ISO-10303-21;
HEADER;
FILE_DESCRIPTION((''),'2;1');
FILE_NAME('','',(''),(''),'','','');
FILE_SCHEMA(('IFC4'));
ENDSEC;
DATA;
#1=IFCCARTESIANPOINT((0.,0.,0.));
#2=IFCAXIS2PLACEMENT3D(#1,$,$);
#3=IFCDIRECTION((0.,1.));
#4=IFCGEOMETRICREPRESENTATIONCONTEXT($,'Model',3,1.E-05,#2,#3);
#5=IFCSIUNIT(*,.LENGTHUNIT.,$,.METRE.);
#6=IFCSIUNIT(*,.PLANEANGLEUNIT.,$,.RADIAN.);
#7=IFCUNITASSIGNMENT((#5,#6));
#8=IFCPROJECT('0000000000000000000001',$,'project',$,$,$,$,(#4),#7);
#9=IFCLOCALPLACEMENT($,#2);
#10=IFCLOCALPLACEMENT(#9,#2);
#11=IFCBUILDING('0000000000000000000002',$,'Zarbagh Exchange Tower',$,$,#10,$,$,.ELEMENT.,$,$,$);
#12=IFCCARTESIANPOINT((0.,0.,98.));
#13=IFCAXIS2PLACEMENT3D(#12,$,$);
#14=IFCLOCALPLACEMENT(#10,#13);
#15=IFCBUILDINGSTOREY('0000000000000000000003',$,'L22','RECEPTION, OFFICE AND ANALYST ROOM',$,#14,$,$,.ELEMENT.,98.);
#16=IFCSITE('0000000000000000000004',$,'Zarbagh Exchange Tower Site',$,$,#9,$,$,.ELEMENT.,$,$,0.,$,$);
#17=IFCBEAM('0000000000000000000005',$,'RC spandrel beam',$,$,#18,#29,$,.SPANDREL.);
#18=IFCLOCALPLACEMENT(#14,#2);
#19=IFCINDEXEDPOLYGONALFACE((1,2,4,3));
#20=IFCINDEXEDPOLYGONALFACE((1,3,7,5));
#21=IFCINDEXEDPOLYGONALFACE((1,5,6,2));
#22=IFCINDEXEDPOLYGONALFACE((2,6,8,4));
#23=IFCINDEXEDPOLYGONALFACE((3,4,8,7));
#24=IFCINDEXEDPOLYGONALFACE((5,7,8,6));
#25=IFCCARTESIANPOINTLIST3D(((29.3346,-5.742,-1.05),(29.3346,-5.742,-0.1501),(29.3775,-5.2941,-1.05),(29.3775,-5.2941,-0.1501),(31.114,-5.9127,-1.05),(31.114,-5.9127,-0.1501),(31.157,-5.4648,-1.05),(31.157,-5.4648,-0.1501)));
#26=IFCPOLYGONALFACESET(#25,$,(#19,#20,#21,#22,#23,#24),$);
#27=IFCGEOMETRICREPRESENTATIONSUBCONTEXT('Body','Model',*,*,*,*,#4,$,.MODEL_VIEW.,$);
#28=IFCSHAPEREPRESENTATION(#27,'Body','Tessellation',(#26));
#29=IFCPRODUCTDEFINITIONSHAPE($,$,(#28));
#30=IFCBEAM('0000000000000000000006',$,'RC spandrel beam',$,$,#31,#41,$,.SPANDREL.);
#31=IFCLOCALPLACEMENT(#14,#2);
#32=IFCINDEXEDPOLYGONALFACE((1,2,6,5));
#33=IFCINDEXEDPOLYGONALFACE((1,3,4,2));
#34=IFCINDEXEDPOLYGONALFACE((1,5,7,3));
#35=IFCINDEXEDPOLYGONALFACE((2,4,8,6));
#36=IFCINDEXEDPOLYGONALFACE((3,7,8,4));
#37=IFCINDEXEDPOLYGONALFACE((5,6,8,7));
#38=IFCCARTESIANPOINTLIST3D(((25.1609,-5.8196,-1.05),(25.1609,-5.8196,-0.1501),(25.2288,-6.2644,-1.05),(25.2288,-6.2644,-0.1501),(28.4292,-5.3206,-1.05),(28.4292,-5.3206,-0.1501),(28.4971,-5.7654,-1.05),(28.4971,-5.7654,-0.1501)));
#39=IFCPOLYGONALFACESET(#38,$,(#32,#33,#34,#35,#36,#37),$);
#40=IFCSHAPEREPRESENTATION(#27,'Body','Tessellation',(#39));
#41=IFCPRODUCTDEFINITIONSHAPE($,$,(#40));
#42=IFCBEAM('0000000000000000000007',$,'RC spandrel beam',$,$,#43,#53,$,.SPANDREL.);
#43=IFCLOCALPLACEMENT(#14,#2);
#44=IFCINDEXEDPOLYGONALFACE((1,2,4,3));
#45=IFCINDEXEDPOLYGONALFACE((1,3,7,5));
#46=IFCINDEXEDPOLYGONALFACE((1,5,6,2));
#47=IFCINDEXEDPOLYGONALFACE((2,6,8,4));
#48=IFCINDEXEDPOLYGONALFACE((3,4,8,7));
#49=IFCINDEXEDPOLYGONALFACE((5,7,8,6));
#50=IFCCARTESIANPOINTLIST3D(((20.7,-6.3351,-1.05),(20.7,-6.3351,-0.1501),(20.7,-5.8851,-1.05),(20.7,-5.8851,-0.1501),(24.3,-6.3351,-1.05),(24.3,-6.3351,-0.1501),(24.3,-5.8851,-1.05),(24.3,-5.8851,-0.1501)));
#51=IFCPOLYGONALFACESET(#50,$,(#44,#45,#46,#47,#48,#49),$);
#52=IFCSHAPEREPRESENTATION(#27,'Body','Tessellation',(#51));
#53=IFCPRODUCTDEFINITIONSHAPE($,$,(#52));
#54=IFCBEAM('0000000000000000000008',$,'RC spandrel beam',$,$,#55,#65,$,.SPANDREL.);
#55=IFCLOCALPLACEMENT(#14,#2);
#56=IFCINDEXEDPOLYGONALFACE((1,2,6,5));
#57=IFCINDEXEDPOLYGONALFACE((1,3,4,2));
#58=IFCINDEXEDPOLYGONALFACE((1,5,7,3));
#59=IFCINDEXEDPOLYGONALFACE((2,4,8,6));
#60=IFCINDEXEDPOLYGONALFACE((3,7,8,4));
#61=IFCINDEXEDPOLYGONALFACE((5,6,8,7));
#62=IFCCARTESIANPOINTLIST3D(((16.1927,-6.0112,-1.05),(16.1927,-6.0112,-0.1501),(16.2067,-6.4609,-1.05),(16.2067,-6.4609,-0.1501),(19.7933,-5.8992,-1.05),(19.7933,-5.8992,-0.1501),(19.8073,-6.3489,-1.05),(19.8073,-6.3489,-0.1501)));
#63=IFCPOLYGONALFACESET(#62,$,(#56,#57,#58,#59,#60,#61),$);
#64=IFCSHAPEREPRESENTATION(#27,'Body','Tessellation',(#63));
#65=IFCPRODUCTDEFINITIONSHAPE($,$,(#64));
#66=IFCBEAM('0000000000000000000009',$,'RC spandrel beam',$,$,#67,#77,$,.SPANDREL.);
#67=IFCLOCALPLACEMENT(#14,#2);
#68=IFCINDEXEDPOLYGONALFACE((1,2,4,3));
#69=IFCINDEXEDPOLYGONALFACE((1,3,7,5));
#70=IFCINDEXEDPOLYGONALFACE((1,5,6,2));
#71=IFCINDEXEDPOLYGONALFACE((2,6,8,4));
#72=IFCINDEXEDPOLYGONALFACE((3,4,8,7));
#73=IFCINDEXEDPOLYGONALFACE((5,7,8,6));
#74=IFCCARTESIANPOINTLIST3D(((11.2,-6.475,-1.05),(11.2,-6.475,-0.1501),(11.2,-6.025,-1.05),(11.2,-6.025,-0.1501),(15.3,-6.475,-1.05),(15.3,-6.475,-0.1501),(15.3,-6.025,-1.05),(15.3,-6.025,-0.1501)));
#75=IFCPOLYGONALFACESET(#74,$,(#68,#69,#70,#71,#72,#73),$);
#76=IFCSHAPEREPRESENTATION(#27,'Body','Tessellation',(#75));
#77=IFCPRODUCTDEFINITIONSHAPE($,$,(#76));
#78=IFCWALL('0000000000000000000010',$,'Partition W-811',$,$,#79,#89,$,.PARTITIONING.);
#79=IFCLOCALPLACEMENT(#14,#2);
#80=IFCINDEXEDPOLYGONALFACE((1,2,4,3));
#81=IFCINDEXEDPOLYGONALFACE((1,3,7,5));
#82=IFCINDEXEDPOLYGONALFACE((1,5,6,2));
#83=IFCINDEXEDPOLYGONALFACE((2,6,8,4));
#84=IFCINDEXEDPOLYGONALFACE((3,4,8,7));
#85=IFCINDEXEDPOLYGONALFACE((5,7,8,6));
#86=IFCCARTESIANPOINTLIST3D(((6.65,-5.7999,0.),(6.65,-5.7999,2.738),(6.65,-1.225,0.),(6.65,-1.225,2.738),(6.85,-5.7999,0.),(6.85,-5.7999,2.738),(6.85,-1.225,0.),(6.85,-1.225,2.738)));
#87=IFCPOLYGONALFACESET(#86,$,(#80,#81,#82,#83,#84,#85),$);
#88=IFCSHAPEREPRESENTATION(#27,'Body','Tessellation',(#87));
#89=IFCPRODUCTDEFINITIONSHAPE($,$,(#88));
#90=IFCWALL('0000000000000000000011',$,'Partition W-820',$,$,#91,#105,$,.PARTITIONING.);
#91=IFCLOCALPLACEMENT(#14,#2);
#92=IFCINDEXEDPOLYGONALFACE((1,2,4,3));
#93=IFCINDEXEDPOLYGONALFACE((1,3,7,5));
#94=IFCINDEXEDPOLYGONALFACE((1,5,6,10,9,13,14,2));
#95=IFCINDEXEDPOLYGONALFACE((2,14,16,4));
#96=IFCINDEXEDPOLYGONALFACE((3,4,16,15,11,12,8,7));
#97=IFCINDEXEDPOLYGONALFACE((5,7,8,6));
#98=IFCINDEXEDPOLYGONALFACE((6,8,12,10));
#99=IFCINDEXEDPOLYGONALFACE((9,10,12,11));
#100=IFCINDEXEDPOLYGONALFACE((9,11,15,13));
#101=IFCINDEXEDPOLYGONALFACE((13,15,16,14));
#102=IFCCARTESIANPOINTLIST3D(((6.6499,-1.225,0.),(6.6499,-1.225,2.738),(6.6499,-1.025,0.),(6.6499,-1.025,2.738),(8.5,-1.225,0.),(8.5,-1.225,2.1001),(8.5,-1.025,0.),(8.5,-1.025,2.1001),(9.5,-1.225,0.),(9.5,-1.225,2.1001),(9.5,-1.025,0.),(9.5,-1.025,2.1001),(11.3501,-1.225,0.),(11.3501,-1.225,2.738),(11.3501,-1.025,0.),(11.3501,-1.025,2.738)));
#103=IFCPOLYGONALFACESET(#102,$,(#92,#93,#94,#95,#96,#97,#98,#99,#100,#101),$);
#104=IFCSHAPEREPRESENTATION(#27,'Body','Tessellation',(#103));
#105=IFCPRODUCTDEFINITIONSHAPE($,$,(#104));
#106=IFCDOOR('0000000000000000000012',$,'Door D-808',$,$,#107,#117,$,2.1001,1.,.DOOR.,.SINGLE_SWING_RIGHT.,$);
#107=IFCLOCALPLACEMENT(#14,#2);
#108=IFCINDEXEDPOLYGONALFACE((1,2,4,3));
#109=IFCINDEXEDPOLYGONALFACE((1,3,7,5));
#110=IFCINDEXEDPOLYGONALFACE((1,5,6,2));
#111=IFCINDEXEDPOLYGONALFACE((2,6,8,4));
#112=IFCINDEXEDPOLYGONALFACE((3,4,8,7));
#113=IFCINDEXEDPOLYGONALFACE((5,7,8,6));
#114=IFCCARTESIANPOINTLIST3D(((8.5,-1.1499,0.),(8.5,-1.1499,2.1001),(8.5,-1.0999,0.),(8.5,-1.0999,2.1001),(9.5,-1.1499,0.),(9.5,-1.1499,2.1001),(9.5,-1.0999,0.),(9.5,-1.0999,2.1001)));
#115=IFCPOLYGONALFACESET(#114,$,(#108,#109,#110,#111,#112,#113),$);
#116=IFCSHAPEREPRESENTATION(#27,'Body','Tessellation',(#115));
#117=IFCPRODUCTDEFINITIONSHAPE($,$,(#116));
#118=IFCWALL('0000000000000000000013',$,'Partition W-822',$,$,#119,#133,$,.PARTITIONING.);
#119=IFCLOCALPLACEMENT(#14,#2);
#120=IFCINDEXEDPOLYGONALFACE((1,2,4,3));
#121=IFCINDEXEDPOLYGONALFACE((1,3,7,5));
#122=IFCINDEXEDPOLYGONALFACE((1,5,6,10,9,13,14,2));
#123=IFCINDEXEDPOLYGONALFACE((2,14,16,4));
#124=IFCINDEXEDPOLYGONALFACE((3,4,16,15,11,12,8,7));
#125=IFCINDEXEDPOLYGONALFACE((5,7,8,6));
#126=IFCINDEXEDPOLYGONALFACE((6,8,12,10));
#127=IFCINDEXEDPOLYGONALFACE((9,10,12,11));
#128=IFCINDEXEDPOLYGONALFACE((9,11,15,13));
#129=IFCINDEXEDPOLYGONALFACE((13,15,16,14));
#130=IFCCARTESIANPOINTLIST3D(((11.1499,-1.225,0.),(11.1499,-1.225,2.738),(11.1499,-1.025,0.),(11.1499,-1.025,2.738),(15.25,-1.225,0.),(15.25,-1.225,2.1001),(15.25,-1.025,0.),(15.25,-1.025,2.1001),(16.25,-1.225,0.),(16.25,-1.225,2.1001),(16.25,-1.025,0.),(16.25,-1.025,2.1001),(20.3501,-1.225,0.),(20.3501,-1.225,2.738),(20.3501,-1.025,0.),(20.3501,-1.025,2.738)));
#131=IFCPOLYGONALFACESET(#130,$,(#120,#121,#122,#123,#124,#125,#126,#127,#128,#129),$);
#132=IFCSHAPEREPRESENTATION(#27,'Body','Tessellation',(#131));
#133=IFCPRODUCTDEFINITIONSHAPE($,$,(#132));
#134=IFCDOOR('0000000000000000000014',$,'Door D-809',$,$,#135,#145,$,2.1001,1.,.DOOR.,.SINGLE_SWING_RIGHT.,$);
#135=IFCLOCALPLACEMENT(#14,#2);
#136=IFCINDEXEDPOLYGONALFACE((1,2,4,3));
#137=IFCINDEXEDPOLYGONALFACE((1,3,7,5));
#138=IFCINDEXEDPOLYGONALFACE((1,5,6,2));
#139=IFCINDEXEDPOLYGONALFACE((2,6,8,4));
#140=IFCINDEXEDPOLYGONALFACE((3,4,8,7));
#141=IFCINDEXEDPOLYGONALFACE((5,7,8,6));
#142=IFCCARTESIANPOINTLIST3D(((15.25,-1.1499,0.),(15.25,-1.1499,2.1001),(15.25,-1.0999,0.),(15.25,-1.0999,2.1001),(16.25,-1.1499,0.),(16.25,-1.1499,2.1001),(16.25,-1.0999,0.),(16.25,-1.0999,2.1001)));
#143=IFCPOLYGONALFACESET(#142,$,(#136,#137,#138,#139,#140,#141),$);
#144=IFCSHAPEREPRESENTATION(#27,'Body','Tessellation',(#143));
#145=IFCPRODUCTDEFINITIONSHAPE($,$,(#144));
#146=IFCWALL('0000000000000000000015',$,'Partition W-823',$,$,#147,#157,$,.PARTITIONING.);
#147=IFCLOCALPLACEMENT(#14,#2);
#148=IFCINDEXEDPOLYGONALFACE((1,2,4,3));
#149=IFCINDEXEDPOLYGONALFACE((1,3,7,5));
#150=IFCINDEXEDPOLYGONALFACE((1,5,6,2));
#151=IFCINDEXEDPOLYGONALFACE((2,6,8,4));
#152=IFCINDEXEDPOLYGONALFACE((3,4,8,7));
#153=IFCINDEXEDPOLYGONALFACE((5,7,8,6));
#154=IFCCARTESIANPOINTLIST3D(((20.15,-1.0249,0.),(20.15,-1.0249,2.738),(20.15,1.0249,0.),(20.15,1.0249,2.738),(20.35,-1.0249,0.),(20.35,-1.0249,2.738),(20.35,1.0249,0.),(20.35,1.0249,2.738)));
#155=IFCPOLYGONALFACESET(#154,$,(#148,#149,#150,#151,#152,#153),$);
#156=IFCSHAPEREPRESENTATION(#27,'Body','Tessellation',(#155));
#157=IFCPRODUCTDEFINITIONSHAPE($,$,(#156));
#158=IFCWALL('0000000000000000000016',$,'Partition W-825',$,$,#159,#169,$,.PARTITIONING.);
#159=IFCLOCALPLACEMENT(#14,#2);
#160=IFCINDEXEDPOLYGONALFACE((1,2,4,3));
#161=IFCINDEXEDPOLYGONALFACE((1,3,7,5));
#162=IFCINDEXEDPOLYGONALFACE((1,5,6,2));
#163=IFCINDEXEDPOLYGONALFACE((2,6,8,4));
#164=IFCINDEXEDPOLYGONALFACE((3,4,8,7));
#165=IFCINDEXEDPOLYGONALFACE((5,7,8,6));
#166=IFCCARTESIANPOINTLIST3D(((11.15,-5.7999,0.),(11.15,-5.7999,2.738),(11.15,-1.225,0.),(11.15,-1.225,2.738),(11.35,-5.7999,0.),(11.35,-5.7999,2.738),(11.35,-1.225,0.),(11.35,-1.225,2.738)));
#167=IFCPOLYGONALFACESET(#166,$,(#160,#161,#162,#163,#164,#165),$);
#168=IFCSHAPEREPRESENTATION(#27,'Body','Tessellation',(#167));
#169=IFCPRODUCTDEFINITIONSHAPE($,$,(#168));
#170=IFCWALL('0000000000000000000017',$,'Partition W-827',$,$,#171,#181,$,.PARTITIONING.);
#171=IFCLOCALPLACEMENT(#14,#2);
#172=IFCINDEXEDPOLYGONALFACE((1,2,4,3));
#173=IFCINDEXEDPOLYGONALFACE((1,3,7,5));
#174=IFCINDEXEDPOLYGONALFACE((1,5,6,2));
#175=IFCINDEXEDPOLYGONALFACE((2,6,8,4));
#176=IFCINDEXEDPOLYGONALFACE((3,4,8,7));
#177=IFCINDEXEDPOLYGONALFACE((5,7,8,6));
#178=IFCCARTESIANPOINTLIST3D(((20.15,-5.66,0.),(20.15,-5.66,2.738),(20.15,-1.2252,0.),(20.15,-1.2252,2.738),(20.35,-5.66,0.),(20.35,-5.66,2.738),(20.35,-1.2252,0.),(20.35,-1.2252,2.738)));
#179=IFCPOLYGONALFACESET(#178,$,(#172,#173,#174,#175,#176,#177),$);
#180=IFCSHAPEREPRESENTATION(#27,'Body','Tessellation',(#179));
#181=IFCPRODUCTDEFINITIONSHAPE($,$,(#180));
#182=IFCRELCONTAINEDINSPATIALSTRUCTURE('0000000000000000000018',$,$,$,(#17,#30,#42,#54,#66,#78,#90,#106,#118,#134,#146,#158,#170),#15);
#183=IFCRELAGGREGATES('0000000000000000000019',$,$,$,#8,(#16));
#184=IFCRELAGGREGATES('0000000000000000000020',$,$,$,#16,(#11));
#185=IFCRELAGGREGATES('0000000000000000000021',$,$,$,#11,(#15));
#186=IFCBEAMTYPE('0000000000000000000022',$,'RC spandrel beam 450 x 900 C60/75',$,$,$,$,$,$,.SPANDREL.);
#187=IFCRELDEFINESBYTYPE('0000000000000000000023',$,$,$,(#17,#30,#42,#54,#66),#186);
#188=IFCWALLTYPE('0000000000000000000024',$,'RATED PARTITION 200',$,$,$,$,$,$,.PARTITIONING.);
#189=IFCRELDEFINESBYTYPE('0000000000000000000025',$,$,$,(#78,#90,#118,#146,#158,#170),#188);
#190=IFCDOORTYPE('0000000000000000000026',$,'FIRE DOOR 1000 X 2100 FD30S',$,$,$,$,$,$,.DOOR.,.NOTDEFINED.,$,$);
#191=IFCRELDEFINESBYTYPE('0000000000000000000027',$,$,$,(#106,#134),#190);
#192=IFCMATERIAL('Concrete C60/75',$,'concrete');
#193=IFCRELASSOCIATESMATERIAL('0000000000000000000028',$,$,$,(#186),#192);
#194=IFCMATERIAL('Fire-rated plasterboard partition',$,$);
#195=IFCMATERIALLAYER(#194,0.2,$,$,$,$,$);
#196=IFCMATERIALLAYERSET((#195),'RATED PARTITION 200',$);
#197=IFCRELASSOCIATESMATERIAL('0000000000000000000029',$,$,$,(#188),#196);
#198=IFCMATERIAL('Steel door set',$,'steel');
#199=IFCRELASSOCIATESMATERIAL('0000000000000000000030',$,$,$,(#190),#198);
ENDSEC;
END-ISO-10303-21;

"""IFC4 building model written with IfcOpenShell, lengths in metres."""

from ifc_helpers import new_model, si_unit, direction, frame, frame_2d, origin, origin_2d, place, context, subcontext, project, spatial, rectangle, extrude, material, layer, layer_set, material_profile, profile_set, type_object, element, fill, save


model = new_model("IFC4")

# Units and contexts
model_context = context("Model", 3, precision=1e-05, world=origin(), true_north=direction((0.0, 1.0)))
body_context = subcontext(model_context, "Body", "Model", "MODEL_VIEW")
ifc_project = project(units=[si_unit("LENGTHUNIT", "METRE"), si_unit("PLANEANGLEUNIT", "RADIAN")], contexts=[model_context])

# Site, building, storey
site_placement = place(None, origin())
site = spatial("IfcSite", under=ifc_project, at=site_placement, Name="Zarbagh Exchange Tower Site", CompositionType="ELEMENT", RefElevation=0.0)
building_placement = place(site_placement, origin())
building = spatial("IfcBuilding", under=site, at=building_placement, Name="Zarbagh Exchange Tower", CompositionType="ELEMENT")
storey_placement = place(building_placement, frame((0.0, 0.0, 98.0)))
storey = spatial("IfcBuildingStorey", under=building, at=storey_placement, Name="L22", Description="RECEPTION, OFFICE AND ANALYST ROOM", CompositionType="ELEMENT", Elevation=98.0)

# Shared definitions
ifc_material_1 = material(Name="Concrete C60/75", Category="concrete")

# Beams
ifc_material_profile_1 = material_profile(ifc_material_1, rectangle(XDim=0.45, YDim=0.8999, at=origin_2d()), Name="RC spandrel beam 450 x 900 C60/75")
ifc_profile_set_1 = profile_set([ifc_material_profile_1], Name="Concrete C60/75")
beam_type_1 = type_object("IfcBeamType", Name="RC spandrel beam 450 x 900 C60/75", PredefinedType="SPANDREL", material=ifc_profile_set_1)
beam_1_placement = place(storey_placement, frame((31.1355, -5.6887, -0.6001), z_axis=(-0.995433, 0.09546, 0.0), x_axis=(-0.09546, -0.995433, 0.0)))
element("IfcBeam", 1, at=beam_1_placement, inside=storey, type_object=beam_type_1, Name="RC spandrel beam", PredefinedType="SPANDREL", context=body_context, shape_type="SweptSolid", body=[
    extrude(rectangle(XDim=0.45, YDim=0.8999, at=origin_2d()), origin(), (0.0, 0.0, 1.0), 1.7876),
])
beam_2_placement = place(storey_placement, frame((28.4631, -5.543, -0.6001), z_axis=(-0.988544, -0.150936, 0.0), x_axis=(0.150936, -0.988544, 0.0)))
element("IfcBeam", 2, at=beam_2_placement, inside=storey, type_object=beam_type_1, Name="RC spandrel beam", PredefinedType="SPANDREL", context=body_context, shape_type="SweptSolid", body=[
    extrude(rectangle(XDim=0.45, YDim=0.8999, at=origin_2d()), origin(), (0.0, 0.0, 1.0), 3.3062),
])
beam_3_placement = place(storey_placement, frame((24.3, -6.1101, -0.6001), z_axis=(-1.0, 0.0, 0.0), x_axis=(0.0, -1.0, 0.0)))
element("IfcBeam", 3, at=beam_3_placement, inside=storey, type_object=beam_type_1, Name="RC spandrel beam", PredefinedType="SPANDREL", context=body_context, shape_type="SweptSolid", body=[
    extrude(rectangle(XDim=0.45, YDim=0.8999, at=origin_2d()), origin(), (0.0, 0.0, 1.0), 3.6001),
])
beam_4_placement = place(storey_placement, frame((19.8003, -6.124, -0.6001), z_axis=(-0.999516, -0.031108, 0.0), x_axis=(0.031108, -0.999516, 0.0)))
element("IfcBeam", 4, at=beam_4_placement, inside=storey, type_object=beam_type_1, Name="RC spandrel beam", PredefinedType="SPANDREL", context=body_context, shape_type="SweptSolid", body=[
    extrude(rectangle(XDim=0.45, YDim=0.8999, at=origin_2d()), origin(), (0.0, 0.0, 1.0), 3.6023),
])
beam_5_placement = place(storey_placement, frame((15.3, -6.25, -0.6001), z_axis=(-1.0, 0.0, 0.0), x_axis=(0.0, -1.0, 0.0)))
element("IfcBeam", 5, at=beam_5_placement, inside=storey, type_object=beam_type_1, Name="RC spandrel beam", PredefinedType="SPANDREL", context=body_context, shape_type="SweptSolid", body=[
    extrude(rectangle(XDim=0.45, YDim=0.8999, at=origin_2d()), origin(), (0.0, 0.0, 1.0), 4.1001),
])

# Wall
ifc_material_2 = material(Name="Fire-rated plasterboard partition")
ifc_layer = layer(ifc_material_2, 0.2)
ifc_layer_set = layer_set([ifc_layer], Name="RATED PARTITION 200")
wall_type = type_object("IfcWallType", Name="RATED PARTITION 200", PredefinedType="PARTITIONING", material=ifc_layer_set)
wall_1_placement = place(storey_placement, frame((6.75, -5.8, 0.0), z_axis=(0.0, 0.0, 1.0), x_axis=(0.0, 1.0, 0.0)))
element("IfcWall", 6, at=wall_1_placement, inside=storey, type_object=wall_type, Name="Partition W-811", PredefinedType="PARTITIONING", context=body_context, shape_type="SweptSolid", body=[
    extrude(rectangle(XDim=4.575, YDim=0.2, at=frame_2d((2.2876, 0.0))), origin(), (0.0, 0.0, 1.0), 2.738),
])

# Walls, openings, doors
wall_2_placement = place(storey_placement, frame((11.3501, -1.125, 0.0), z_axis=(0.0, 0.0, 1.0), x_axis=(-1.0, 0.0, 0.0)))
wall_2 = element("IfcWall", 7, at=wall_2_placement, inside=storey, type_object=wall_type, Name="Partition W-820", PredefinedType="PARTITIONING", context=body_context, shape_type="SweptSolid", body=[
    extrude(rectangle(XDim=4.7002, YDim=0.2, at=frame_2d((2.3501, 0.0))), origin(), (0.0, 0.0, 1.0), 2.738),
])
opening_1_placement = place(wall_2_placement, frame((1.8501, 0.0, 0.0)))
opening_1 = element("IfcOpeningElement", 8, at=opening_1_placement, cuts=wall_2, PredefinedType="OPENING", context=body_context, shape_type="SweptSolid", body=[
    extrude(rectangle(XDim=1.0, YDim=2.1001, at=frame_2d((0.5, 1.05))), frame((0.0, 0.1099, 0.0), z_axis=(0.0, -1.0, 0.0), x_axis=(1.0, 0.0, 0.0)), (0.0, 0.0, 1.0), 0.22),
])
ifc_material_3 = material(Name="Steel door set", Category="steel")
door_type = type_object("IfcDoorType", Name="FIRE DOOR 1000 X 2100 FD30S", OperationType="NOTDEFINED", PredefinedType="DOOR", material=ifc_material_3)
door_1_placement = place(opening_1_placement, origin())
door_1 = element("IfcDoor", 9, at=door_1_placement, inside=storey, type_object=door_type, Name="Door D-808", OperationType="SINGLE_SWING_RIGHT", OverallHeight=2.1001, OverallWidth=1.0, PredefinedType="DOOR", context=body_context, shape_type="SweptSolid", body=[
    extrude(rectangle(XDim=1.0, YDim=2.1001, at=frame_2d((0.5, 1.05))), frame((0.0, 0.0249, 0.0), z_axis=(0.0, -1.0, 0.0), x_axis=(1.0, 0.0, 0.0)), (0.0, 0.0, 1.0), 0.05),
])
fill(opening_1, door_1)
wall_3_placement = place(storey_placement, frame((20.3501, -1.125, 0.0), z_axis=(0.0, 0.0, 1.0), x_axis=(-1.0, 0.0, 0.0)))
wall_3 = element("IfcWall", 10, at=wall_3_placement, inside=storey, type_object=wall_type, Name="Partition W-822", PredefinedType="PARTITIONING", context=body_context, shape_type="SweptSolid", body=[
    extrude(rectangle(XDim=9.2002, YDim=0.2, at=frame_2d((4.6001, 0.0))), origin(), (0.0, 0.0, 1.0), 2.738),
])
opening_2_placement = place(wall_3_placement, frame((4.1001, 0.0, 0.0)))
opening_2 = element("IfcOpeningElement", 11, at=opening_2_placement, cuts=wall_3, PredefinedType="OPENING", context=body_context, shape_type="SweptSolid", body=[
    extrude(rectangle(XDim=1.0, YDim=2.1001, at=frame_2d((0.5, 1.05))), frame((0.0, 0.1099, 0.0), z_axis=(0.0, -1.0, 0.0), x_axis=(1.0, 0.0, 0.0)), (0.0, 0.0, 1.0), 0.22),
])
door_2_placement = place(opening_2_placement, origin())
door_2 = element("IfcDoor", 12, at=door_2_placement, inside=storey, type_object=door_type, Name="Door D-809", OperationType="SINGLE_SWING_RIGHT", OverallHeight=2.1001, OverallWidth=1.0, PredefinedType="DOOR", context=body_context, shape_type="SweptSolid", body=[
    extrude(rectangle(XDim=1.0, YDim=2.1001, at=frame_2d((0.5, 1.05))), frame((0.0, 0.0249, 0.0), z_axis=(0.0, -1.0, 0.0), x_axis=(1.0, 0.0, 0.0)), (0.0, 0.0, 1.0), 0.05),
])
fill(opening_2, door_2)

# Walls
wall_4_placement = place(storey_placement, frame((20.25, -1.0249, 0.0), z_axis=(0.0, 0.0, 1.0), x_axis=(0.0, 1.0, 0.0)))
element("IfcWall", 13, at=wall_4_placement, inside=storey, type_object=wall_type, Name="Partition W-823", PredefinedType="PARTITIONING", context=body_context, shape_type="SweptSolid", body=[
    extrude(rectangle(XDim=2.0498, YDim=0.2, at=frame_2d((1.0249, 0.0))), origin(), (0.0, 0.0, 1.0), 2.738),
])
wall_5_placement = place(storey_placement, frame((11.25, -5.8, 0.0), z_axis=(0.0, 0.0, 1.0), x_axis=(0.0, 1.0, 0.0)))
element("IfcWall", 14, at=wall_5_placement, inside=storey, type_object=wall_type, Name="Partition W-825", PredefinedType="PARTITIONING", context=body_context, shape_type="SweptSolid", body=[
    extrude(rectangle(XDim=4.575, YDim=0.2, at=frame_2d((2.2876, 0.0))), origin(), (0.0, 0.0, 1.0), 2.738),
])
wall_6_placement = place(storey_placement, frame((20.25, -5.6599, 0.0), z_axis=(0.0, 0.0, 1.0), x_axis=(0.0, 1.0, 0.0)))
element("IfcWall", 15, at=wall_6_placement, inside=storey, type_object=wall_type, Name="Partition W-827", PredefinedType="PARTITIONING", context=body_context, shape_type="SweptSolid", body=[
    extrude(rectangle(XDim=4.4348, YDim=0.2, at=frame_2d((2.2173, 0.0))), origin(), (0.0, 0.0, 1.0), 2.738),
])

save(model, "model.ifc")
